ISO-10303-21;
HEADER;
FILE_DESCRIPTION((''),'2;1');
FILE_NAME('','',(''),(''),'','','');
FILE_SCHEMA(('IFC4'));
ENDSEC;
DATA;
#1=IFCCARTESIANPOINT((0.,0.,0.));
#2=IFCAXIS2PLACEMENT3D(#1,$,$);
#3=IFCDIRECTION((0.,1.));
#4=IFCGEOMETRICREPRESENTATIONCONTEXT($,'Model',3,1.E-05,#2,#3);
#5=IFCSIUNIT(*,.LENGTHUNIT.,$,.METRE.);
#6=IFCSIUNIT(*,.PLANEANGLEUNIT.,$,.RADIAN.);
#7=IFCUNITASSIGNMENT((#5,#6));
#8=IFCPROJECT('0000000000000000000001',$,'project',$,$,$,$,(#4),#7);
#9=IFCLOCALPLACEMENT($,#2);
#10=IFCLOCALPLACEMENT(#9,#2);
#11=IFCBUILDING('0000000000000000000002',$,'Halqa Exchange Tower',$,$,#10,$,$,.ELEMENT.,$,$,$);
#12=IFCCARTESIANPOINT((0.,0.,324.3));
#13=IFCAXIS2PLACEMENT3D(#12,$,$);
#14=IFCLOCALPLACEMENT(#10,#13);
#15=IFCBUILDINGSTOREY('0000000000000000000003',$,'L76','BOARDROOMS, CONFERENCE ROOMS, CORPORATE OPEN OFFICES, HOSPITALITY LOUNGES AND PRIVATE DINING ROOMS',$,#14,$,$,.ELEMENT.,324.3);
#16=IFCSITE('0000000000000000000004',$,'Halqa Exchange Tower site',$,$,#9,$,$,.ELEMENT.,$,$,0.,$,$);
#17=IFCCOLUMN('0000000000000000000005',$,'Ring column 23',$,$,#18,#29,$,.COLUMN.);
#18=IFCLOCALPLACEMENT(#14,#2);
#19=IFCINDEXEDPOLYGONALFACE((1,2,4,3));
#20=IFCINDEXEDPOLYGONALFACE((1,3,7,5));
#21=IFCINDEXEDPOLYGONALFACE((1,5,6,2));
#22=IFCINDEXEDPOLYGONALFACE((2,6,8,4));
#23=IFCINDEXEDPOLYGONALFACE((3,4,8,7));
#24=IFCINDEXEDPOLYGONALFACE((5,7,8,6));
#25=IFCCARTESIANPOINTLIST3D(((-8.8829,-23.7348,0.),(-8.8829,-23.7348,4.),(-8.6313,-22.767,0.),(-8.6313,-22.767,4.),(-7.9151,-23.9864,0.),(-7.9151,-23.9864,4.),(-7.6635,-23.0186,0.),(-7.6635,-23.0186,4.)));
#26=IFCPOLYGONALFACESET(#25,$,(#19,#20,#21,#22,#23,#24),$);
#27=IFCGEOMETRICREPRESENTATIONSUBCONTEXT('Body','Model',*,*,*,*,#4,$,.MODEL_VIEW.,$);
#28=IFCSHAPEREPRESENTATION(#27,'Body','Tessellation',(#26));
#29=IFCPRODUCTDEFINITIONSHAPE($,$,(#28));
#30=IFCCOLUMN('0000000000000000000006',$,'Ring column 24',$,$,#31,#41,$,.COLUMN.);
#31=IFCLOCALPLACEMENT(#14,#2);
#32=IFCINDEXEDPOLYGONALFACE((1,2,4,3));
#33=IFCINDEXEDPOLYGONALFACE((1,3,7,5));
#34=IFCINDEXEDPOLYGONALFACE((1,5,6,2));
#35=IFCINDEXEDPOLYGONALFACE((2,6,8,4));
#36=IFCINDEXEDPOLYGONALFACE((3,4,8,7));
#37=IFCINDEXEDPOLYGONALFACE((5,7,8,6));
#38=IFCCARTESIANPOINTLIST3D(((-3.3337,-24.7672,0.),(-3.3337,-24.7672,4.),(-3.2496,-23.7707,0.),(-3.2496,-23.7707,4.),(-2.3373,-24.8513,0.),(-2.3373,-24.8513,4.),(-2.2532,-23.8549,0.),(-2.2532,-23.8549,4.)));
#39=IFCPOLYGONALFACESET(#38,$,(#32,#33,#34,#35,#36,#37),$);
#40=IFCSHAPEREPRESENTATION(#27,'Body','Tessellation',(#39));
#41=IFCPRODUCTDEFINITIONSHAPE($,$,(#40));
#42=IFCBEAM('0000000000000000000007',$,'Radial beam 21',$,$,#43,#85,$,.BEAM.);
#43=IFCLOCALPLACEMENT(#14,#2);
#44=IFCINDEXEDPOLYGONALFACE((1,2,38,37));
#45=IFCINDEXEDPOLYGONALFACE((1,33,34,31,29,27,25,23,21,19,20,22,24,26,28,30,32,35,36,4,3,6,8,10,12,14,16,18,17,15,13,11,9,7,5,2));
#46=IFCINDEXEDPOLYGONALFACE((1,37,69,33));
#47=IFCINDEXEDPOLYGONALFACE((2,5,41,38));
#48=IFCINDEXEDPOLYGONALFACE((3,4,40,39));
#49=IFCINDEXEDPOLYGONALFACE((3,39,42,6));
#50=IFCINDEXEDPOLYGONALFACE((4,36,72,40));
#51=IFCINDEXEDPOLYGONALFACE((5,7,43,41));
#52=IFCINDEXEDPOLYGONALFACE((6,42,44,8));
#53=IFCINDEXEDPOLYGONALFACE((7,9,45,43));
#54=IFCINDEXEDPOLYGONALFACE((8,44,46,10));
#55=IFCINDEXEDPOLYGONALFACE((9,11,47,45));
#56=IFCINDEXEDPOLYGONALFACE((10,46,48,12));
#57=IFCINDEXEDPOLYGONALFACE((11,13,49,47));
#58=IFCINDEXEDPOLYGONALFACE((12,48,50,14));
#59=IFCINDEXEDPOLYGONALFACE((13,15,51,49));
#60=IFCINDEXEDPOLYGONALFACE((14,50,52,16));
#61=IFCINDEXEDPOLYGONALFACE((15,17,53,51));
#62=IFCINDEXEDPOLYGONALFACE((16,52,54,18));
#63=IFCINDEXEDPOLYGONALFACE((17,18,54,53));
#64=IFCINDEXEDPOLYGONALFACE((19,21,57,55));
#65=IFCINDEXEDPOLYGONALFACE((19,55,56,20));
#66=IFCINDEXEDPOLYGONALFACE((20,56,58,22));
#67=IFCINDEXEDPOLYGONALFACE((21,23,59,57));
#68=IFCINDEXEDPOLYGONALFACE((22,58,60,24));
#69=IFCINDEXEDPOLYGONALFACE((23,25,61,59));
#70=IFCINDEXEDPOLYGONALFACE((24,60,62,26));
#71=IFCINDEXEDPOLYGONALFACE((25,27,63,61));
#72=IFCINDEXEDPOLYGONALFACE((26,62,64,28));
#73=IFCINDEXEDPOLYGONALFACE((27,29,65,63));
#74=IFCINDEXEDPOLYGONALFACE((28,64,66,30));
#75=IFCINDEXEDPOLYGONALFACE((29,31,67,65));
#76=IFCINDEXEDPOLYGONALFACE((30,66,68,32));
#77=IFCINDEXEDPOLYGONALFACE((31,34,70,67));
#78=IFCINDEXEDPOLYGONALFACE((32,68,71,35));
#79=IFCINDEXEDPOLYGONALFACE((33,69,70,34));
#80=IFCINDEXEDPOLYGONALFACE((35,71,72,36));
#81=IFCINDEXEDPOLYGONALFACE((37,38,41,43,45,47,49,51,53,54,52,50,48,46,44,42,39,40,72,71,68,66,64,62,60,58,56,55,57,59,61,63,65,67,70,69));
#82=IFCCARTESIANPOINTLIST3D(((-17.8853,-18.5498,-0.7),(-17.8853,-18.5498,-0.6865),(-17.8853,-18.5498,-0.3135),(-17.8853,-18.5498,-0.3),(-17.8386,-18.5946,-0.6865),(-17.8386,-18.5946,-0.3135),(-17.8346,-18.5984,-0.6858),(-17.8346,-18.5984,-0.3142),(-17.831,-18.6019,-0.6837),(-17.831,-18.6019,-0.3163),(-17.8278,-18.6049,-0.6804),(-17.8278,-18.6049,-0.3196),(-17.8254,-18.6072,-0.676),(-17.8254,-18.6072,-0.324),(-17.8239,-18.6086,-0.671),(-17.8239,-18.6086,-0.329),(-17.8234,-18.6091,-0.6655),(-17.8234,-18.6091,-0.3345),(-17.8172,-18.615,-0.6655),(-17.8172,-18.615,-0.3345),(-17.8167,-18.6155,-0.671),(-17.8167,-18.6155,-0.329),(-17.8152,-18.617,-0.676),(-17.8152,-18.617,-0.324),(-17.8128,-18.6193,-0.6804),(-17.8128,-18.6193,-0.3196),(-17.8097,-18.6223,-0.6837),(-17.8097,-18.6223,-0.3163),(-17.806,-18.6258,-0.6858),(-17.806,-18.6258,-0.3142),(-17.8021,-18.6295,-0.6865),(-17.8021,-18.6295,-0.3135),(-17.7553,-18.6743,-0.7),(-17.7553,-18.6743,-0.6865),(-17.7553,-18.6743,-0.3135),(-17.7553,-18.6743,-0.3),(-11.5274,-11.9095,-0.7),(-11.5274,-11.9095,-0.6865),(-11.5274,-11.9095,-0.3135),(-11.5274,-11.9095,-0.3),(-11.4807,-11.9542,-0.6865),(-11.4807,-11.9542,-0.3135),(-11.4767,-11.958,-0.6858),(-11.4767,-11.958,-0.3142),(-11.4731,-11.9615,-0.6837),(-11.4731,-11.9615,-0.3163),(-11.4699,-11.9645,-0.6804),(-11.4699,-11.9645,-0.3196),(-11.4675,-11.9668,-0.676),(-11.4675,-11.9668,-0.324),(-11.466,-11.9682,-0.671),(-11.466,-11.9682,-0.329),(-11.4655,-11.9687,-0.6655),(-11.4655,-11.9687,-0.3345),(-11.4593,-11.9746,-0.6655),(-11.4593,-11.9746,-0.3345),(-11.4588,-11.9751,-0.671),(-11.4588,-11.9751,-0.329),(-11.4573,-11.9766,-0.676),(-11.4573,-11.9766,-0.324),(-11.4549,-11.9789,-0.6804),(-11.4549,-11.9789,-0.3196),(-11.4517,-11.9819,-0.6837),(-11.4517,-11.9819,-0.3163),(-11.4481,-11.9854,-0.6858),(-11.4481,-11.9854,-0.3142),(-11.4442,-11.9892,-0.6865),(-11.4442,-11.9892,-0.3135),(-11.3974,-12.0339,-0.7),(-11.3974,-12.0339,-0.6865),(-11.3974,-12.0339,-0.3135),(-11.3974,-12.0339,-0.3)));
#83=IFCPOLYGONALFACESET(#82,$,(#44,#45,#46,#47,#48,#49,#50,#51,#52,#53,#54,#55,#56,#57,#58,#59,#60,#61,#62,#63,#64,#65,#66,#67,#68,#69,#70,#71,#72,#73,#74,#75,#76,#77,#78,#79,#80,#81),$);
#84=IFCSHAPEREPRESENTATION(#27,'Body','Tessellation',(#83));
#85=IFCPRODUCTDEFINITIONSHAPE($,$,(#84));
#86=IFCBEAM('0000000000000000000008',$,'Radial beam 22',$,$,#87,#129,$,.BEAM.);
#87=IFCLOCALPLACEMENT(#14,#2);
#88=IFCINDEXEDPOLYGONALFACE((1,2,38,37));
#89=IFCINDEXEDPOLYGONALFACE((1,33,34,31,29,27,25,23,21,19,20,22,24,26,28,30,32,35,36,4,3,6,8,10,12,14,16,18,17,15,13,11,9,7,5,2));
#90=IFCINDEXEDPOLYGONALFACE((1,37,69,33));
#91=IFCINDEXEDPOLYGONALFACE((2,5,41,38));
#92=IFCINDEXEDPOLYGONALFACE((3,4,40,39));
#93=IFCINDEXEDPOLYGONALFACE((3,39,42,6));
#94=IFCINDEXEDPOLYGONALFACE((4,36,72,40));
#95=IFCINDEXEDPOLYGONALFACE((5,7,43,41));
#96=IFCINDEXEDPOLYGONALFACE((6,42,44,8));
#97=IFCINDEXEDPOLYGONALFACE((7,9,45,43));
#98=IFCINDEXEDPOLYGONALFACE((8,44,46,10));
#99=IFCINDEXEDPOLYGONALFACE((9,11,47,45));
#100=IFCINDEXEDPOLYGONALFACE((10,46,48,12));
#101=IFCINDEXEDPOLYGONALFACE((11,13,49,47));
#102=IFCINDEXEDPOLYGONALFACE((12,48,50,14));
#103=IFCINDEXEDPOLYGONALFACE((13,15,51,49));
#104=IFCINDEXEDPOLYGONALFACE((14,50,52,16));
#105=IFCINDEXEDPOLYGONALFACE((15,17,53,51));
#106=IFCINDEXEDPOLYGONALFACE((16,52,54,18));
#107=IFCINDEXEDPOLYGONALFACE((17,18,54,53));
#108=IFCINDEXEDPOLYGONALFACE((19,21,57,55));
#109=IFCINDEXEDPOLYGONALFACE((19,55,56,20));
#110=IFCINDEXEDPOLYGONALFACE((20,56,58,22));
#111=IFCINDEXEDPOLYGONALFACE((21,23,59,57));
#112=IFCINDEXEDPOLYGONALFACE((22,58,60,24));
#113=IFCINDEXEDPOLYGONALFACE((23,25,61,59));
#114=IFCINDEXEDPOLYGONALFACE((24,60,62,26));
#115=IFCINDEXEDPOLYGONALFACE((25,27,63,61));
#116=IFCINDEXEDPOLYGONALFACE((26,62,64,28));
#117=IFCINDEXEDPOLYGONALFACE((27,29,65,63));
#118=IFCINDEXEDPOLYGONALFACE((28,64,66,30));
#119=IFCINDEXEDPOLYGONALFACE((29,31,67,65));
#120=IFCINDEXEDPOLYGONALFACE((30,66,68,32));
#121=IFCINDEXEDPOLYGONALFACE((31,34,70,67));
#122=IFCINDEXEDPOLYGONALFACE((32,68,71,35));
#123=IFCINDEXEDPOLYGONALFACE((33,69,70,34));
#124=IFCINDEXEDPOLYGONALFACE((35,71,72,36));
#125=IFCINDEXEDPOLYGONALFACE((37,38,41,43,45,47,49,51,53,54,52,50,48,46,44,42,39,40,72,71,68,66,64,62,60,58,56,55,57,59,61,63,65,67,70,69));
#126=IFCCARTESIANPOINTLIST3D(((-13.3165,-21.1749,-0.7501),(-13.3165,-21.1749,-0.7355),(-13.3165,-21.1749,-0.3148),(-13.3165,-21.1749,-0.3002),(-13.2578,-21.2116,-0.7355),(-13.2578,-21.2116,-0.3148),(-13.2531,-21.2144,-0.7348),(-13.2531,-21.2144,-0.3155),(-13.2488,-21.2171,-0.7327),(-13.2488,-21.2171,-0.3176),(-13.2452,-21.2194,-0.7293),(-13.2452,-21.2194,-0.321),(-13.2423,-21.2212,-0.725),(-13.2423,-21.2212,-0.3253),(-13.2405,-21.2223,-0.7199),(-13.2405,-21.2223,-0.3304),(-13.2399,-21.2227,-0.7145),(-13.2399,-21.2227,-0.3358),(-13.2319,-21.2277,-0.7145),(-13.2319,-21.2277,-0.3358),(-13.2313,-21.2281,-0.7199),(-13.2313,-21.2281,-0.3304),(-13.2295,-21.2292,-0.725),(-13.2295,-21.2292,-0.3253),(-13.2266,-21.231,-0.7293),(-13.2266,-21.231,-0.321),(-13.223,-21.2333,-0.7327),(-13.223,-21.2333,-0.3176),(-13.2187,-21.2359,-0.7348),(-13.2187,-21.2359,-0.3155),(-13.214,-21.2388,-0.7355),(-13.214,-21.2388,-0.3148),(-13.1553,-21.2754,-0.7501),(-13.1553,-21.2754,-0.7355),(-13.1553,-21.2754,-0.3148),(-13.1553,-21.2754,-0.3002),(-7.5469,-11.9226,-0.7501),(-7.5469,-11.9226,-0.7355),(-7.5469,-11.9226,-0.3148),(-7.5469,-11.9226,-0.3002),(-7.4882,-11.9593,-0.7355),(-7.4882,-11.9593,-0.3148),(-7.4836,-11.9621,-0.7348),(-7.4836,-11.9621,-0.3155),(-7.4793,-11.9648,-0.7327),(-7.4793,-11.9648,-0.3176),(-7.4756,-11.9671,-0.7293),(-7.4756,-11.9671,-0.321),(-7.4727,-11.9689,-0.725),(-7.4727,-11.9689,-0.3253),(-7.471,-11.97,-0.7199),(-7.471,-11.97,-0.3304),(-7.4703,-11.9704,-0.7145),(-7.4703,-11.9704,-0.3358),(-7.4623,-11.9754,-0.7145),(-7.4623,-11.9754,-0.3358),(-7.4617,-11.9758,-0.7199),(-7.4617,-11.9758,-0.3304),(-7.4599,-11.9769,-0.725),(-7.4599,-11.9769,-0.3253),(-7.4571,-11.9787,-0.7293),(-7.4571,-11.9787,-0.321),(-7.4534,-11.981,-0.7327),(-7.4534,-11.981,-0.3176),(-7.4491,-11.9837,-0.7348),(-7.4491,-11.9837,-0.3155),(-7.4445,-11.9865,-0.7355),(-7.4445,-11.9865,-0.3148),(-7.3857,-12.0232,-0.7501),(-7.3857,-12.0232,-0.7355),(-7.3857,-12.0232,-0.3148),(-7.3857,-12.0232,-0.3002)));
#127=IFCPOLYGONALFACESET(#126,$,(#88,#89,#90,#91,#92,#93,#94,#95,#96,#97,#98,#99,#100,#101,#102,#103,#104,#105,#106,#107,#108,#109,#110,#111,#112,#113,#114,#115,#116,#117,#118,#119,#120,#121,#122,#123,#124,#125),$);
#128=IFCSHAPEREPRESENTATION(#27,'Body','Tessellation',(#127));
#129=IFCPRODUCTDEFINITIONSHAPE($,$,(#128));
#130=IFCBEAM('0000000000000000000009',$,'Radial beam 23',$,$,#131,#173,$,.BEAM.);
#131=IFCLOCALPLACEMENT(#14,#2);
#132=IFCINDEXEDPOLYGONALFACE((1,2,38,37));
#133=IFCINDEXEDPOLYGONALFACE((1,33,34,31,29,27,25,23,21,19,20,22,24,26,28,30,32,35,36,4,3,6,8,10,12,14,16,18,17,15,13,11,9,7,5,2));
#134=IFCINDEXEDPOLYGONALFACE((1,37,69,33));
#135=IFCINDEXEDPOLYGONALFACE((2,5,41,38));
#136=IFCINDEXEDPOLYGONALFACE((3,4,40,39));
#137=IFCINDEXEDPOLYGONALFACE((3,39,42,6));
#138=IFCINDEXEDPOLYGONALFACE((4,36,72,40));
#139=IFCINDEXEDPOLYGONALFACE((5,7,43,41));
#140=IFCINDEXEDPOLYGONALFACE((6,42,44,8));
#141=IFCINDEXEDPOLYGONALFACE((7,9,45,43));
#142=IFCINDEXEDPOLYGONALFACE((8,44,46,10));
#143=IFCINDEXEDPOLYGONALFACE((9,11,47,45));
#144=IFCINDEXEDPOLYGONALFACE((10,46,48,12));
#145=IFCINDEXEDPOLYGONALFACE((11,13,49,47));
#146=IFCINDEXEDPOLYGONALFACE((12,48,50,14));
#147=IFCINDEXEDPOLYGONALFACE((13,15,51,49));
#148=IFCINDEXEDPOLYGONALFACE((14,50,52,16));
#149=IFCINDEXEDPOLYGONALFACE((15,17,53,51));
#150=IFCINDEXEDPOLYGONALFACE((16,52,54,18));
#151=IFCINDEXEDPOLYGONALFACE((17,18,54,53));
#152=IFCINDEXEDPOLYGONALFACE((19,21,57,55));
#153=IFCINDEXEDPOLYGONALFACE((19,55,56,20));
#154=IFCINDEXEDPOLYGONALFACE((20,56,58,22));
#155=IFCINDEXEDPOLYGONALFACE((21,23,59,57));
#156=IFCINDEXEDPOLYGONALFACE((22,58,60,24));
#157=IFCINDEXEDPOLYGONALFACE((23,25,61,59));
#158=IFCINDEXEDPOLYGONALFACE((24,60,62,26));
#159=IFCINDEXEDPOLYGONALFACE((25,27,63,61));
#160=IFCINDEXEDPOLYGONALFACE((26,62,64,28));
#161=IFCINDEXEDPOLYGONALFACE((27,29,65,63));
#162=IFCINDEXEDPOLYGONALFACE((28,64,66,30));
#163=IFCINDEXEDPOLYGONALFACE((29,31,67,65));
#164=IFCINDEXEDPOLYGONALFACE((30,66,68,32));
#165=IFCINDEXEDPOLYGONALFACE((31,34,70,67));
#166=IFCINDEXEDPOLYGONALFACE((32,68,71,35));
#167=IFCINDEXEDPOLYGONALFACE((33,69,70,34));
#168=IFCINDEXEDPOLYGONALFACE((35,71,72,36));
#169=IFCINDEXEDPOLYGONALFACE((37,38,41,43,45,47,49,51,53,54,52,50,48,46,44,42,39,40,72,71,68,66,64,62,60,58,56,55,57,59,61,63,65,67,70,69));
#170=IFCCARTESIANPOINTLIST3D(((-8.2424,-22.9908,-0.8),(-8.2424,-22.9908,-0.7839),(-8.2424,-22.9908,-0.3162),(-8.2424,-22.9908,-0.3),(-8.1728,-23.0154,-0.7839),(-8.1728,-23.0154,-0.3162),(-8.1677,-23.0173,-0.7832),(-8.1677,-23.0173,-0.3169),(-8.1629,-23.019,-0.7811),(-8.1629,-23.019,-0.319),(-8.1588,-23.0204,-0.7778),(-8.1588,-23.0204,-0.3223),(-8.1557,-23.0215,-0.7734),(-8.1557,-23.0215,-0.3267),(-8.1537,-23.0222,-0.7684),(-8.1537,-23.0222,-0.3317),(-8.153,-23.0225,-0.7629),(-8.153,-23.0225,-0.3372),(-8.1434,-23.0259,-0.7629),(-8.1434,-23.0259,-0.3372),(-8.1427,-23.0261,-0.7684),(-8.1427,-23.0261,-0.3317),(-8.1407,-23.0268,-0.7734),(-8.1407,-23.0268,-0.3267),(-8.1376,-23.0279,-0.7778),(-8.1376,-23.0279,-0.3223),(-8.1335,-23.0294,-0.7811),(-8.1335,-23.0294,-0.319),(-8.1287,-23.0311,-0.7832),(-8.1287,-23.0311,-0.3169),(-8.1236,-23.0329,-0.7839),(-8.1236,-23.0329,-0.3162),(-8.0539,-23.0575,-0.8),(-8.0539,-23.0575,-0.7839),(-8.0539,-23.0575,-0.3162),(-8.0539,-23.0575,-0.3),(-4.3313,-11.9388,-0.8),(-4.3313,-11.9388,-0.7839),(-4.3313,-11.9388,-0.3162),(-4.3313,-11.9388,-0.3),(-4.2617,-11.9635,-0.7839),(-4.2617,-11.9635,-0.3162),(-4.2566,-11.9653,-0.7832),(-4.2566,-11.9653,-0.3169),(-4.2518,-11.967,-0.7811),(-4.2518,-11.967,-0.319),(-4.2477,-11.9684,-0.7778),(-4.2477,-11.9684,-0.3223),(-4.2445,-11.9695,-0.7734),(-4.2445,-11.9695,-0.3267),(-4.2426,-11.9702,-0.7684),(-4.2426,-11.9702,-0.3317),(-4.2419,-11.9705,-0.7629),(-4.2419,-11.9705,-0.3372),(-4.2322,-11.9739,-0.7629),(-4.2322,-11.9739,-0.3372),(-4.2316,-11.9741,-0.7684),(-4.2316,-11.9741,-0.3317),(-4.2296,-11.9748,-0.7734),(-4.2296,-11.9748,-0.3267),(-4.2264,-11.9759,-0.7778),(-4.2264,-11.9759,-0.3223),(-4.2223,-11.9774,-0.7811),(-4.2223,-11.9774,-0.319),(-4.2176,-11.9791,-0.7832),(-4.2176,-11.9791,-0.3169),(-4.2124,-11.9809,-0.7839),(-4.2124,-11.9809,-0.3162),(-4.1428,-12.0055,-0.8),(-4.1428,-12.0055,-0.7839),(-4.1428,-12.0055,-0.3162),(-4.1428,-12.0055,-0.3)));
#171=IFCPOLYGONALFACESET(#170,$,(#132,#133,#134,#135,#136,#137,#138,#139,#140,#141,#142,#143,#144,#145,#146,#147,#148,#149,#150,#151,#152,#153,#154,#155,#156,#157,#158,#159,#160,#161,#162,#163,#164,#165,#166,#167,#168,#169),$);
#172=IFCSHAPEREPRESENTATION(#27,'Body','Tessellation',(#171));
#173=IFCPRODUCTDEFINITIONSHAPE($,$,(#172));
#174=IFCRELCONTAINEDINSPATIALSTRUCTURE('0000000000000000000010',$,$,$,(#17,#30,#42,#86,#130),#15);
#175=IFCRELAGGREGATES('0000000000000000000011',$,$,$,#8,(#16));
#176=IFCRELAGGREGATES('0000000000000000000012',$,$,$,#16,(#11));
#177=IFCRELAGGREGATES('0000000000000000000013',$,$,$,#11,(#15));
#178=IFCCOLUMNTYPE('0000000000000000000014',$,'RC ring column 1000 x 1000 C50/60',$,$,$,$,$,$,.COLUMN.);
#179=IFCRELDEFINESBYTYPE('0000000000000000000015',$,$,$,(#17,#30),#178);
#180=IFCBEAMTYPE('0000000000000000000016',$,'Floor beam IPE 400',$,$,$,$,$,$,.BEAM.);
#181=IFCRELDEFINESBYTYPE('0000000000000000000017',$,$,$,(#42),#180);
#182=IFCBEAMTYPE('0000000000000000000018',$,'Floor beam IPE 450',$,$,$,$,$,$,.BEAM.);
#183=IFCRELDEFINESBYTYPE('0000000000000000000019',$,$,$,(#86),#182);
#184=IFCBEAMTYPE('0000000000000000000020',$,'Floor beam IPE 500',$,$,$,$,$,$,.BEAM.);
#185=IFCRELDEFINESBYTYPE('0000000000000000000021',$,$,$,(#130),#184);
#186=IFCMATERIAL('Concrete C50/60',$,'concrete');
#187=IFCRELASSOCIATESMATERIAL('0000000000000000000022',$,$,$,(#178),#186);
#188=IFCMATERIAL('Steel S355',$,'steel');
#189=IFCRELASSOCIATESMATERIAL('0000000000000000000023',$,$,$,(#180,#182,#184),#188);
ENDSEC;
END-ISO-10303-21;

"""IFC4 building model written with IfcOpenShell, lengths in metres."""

from ifc_helpers import new_model, si_unit, direction, frame, origin, origin_2d, place, context, subcontext, project, spatial, rectangle, i_section, extrude, material, material_profile, profile_set, type_object, element, save


model = new_model("IFC4")

# Units and contexts
model_context = context("Model", 3, precision=1e-05, world=origin(), true_north=direction((0.0, 1.0)))
body_context = subcontext(model_context, "Body", "Model", "MODEL_VIEW")
ifc_project = project(units=[si_unit("LENGTHUNIT", "METRE"), si_unit("PLANEANGLEUNIT", "RADIAN")], contexts=[model_context])

# Site, building, storey
site_placement = place(None, origin())
site = spatial("IfcSite", under=ifc_project, at=site_placement, Name="Halqa Exchange Tower site", CompositionType="ELEMENT", RefElevation=0.0)
building_placement = place(site_placement, origin())
building = spatial("IfcBuilding", under=site, at=building_placement, Name="Halqa Exchange Tower", CompositionType="ELEMENT")
storey_placement = place(building_placement, frame((0.0, 0.0, 324.3)))
storey = spatial("IfcBuildingStorey", under=building, at=storey_placement, Name="L76", Description="BOARDROOMS, CONFERENCE ROOMS, CORPORATE OPEN OFFICES, HOSPITALITY LOUNGES AND PRIVATE DINING ROOMS", CompositionType="ELEMENT", Elevation=324.3)

# Columns
ifc_material_1 = material(Name="Concrete C50/60", Category="concrete")
ifc_material_profile_1 = material_profile(ifc_material_1, rectangle(XDim=1.0, YDim=1.0, at=origin_2d()), Name="1000 x 1000")
ifc_profile_set_1 = profile_set([ifc_material_profile_1], Name="Concrete C50/60")
column_type = type_object("IfcColumnType", Name="RC ring column 1000 x 1000 C50/60", PredefinedType="COLUMN", material=ifc_profile_set_1)
for number, where, z_axis, x_axis, name in (
    (1, (-8.2732, -23.3767, 0.0), (0.0, 0.0, 1.0), (0.967819, -0.251647, 0.0), "Ring column 23"),
    (2, (-2.7935, -24.311, 0.0), (0.0, 0.0, 1.0), (0.996455, -0.084127, 0.0), "Ring column 24"),
):
    element("IfcColumn", number, at=place(storey_placement, frame(where, z_axis=z_axis, x_axis=x_axis)), inside=storey, type_object=column_type, Name=name, PredefinedType="COLUMN", context=body_context, shape_type="SweptSolid", body=[
        extrude(rectangle(XDim=1.0, YDim=1.0, at=origin_2d()), origin(), (0.0, 0.0, 1.0), 4.0),
    ])

# Beams
ifc_material_2 = material(Name="Steel S355", Category="steel")
ifc_material_profile_2 = material_profile(ifc_material_2, i_section(OverallWidth=0.1799, OverallDepth=0.3999, WebThickness=0.0085, FlangeThickness=0.0134, FilletRadius=0.021, at=origin_2d()), Name="IPE 400")
ifc_profile_set_2 = profile_set([ifc_material_profile_2], Name="Steel S355")
beam_type_1 = type_object("IfcBeamType", Name="Floor beam IPE 400", PredefinedType="BEAM", material=ifc_profile_set_2)
beam_1_placement = place(storey_placement, frame((-11.4624, -11.9717, -0.5), z_axis=(-0.691577, -0.722303, 0.0), x_axis=(0.722303, -0.691577, 0.0)))
element("IfcBeam", 3, at=beam_1_placement, inside=storey, type_object=beam_type_1, Name="Radial beam 21", PredefinedType="BEAM", context=body_context, shape_type="SweptSolid", body=[
    extrude(i_section(OverallWidth=0.1799, OverallDepth=0.3999, WebThickness=0.0085, FlangeThickness=0.0134, FilletRadius=0.021, at=origin_2d()), origin(), (0.0, 0.0, 1.0), 9.1934),
])
ifc_material_profile_3 = material_profile(ifc_material_2, i_section(OverallWidth=0.1899, OverallDepth=0.45, WebThickness=0.0095, FlangeThickness=0.0146, FilletRadius=0.021, at=origin_2d()), Name="IPE 450")
ifc_profile_set_3 = profile_set([ifc_material_profile_3], Name="Steel S355")
beam_type_2 = type_object("IfcBeamType", Name="Floor beam IPE 450", PredefinedType="BEAM", material=ifc_profile_set_3)
beam_2_placement = place(storey_placement, frame((-7.4663, -11.9729, -0.5251), z_axis=(-0.529135, -0.848538, 0.0), x_axis=(0.848538, -0.529135, 0.0)))
element("IfcBeam", 4, at=beam_2_placement, inside=storey, type_object=beam_type_2, Name="Radial beam 22", PredefinedType="BEAM", context=body_context, shape_type="SweptSolid", body=[
    extrude(i_section(OverallWidth=0.1899, OverallDepth=0.45, WebThickness=0.0095, FlangeThickness=0.0146, FilletRadius=0.021, at=origin_2d()), origin(), (0.0, 0.0, 1.0), 10.9038),
])
ifc_material_profile_4 = material_profile(ifc_material_2, i_section(OverallWidth=0.2, OverallDepth=0.5, WebThickness=0.0103, FlangeThickness=0.0161, FilletRadius=0.021, at=origin_2d()), Name="IPE 500")
ifc_profile_set_4 = profile_set([ifc_material_profile_4], Name="Steel S355")
beam_type_3 = type_object("IfcBeamType", Name="Floor beam IPE 500", PredefinedType="BEAM", material=ifc_profile_set_4)
beam_3_placement = place(storey_placement, frame((-4.2371, -11.9722, -0.55), z_axis=(-0.333611, -0.942711, 0.0), x_axis=(0.942711, -0.333611, 0.0)))
element("IfcBeam", 5, at=beam_3_placement, inside=storey, type_object=beam_type_3, Name="Radial beam 23", PredefinedType="BEAM", context=body_context, shape_type="SweptSolid", body=[
    extrude(i_section(OverallWidth=0.2, OverallDepth=0.5, WebThickness=0.0103, FlangeThickness=0.0161, FilletRadius=0.021, at=origin_2d()), origin(), (0.0, 0.0, 1.0), 11.7236),
])

save(model, "model.ifc")
